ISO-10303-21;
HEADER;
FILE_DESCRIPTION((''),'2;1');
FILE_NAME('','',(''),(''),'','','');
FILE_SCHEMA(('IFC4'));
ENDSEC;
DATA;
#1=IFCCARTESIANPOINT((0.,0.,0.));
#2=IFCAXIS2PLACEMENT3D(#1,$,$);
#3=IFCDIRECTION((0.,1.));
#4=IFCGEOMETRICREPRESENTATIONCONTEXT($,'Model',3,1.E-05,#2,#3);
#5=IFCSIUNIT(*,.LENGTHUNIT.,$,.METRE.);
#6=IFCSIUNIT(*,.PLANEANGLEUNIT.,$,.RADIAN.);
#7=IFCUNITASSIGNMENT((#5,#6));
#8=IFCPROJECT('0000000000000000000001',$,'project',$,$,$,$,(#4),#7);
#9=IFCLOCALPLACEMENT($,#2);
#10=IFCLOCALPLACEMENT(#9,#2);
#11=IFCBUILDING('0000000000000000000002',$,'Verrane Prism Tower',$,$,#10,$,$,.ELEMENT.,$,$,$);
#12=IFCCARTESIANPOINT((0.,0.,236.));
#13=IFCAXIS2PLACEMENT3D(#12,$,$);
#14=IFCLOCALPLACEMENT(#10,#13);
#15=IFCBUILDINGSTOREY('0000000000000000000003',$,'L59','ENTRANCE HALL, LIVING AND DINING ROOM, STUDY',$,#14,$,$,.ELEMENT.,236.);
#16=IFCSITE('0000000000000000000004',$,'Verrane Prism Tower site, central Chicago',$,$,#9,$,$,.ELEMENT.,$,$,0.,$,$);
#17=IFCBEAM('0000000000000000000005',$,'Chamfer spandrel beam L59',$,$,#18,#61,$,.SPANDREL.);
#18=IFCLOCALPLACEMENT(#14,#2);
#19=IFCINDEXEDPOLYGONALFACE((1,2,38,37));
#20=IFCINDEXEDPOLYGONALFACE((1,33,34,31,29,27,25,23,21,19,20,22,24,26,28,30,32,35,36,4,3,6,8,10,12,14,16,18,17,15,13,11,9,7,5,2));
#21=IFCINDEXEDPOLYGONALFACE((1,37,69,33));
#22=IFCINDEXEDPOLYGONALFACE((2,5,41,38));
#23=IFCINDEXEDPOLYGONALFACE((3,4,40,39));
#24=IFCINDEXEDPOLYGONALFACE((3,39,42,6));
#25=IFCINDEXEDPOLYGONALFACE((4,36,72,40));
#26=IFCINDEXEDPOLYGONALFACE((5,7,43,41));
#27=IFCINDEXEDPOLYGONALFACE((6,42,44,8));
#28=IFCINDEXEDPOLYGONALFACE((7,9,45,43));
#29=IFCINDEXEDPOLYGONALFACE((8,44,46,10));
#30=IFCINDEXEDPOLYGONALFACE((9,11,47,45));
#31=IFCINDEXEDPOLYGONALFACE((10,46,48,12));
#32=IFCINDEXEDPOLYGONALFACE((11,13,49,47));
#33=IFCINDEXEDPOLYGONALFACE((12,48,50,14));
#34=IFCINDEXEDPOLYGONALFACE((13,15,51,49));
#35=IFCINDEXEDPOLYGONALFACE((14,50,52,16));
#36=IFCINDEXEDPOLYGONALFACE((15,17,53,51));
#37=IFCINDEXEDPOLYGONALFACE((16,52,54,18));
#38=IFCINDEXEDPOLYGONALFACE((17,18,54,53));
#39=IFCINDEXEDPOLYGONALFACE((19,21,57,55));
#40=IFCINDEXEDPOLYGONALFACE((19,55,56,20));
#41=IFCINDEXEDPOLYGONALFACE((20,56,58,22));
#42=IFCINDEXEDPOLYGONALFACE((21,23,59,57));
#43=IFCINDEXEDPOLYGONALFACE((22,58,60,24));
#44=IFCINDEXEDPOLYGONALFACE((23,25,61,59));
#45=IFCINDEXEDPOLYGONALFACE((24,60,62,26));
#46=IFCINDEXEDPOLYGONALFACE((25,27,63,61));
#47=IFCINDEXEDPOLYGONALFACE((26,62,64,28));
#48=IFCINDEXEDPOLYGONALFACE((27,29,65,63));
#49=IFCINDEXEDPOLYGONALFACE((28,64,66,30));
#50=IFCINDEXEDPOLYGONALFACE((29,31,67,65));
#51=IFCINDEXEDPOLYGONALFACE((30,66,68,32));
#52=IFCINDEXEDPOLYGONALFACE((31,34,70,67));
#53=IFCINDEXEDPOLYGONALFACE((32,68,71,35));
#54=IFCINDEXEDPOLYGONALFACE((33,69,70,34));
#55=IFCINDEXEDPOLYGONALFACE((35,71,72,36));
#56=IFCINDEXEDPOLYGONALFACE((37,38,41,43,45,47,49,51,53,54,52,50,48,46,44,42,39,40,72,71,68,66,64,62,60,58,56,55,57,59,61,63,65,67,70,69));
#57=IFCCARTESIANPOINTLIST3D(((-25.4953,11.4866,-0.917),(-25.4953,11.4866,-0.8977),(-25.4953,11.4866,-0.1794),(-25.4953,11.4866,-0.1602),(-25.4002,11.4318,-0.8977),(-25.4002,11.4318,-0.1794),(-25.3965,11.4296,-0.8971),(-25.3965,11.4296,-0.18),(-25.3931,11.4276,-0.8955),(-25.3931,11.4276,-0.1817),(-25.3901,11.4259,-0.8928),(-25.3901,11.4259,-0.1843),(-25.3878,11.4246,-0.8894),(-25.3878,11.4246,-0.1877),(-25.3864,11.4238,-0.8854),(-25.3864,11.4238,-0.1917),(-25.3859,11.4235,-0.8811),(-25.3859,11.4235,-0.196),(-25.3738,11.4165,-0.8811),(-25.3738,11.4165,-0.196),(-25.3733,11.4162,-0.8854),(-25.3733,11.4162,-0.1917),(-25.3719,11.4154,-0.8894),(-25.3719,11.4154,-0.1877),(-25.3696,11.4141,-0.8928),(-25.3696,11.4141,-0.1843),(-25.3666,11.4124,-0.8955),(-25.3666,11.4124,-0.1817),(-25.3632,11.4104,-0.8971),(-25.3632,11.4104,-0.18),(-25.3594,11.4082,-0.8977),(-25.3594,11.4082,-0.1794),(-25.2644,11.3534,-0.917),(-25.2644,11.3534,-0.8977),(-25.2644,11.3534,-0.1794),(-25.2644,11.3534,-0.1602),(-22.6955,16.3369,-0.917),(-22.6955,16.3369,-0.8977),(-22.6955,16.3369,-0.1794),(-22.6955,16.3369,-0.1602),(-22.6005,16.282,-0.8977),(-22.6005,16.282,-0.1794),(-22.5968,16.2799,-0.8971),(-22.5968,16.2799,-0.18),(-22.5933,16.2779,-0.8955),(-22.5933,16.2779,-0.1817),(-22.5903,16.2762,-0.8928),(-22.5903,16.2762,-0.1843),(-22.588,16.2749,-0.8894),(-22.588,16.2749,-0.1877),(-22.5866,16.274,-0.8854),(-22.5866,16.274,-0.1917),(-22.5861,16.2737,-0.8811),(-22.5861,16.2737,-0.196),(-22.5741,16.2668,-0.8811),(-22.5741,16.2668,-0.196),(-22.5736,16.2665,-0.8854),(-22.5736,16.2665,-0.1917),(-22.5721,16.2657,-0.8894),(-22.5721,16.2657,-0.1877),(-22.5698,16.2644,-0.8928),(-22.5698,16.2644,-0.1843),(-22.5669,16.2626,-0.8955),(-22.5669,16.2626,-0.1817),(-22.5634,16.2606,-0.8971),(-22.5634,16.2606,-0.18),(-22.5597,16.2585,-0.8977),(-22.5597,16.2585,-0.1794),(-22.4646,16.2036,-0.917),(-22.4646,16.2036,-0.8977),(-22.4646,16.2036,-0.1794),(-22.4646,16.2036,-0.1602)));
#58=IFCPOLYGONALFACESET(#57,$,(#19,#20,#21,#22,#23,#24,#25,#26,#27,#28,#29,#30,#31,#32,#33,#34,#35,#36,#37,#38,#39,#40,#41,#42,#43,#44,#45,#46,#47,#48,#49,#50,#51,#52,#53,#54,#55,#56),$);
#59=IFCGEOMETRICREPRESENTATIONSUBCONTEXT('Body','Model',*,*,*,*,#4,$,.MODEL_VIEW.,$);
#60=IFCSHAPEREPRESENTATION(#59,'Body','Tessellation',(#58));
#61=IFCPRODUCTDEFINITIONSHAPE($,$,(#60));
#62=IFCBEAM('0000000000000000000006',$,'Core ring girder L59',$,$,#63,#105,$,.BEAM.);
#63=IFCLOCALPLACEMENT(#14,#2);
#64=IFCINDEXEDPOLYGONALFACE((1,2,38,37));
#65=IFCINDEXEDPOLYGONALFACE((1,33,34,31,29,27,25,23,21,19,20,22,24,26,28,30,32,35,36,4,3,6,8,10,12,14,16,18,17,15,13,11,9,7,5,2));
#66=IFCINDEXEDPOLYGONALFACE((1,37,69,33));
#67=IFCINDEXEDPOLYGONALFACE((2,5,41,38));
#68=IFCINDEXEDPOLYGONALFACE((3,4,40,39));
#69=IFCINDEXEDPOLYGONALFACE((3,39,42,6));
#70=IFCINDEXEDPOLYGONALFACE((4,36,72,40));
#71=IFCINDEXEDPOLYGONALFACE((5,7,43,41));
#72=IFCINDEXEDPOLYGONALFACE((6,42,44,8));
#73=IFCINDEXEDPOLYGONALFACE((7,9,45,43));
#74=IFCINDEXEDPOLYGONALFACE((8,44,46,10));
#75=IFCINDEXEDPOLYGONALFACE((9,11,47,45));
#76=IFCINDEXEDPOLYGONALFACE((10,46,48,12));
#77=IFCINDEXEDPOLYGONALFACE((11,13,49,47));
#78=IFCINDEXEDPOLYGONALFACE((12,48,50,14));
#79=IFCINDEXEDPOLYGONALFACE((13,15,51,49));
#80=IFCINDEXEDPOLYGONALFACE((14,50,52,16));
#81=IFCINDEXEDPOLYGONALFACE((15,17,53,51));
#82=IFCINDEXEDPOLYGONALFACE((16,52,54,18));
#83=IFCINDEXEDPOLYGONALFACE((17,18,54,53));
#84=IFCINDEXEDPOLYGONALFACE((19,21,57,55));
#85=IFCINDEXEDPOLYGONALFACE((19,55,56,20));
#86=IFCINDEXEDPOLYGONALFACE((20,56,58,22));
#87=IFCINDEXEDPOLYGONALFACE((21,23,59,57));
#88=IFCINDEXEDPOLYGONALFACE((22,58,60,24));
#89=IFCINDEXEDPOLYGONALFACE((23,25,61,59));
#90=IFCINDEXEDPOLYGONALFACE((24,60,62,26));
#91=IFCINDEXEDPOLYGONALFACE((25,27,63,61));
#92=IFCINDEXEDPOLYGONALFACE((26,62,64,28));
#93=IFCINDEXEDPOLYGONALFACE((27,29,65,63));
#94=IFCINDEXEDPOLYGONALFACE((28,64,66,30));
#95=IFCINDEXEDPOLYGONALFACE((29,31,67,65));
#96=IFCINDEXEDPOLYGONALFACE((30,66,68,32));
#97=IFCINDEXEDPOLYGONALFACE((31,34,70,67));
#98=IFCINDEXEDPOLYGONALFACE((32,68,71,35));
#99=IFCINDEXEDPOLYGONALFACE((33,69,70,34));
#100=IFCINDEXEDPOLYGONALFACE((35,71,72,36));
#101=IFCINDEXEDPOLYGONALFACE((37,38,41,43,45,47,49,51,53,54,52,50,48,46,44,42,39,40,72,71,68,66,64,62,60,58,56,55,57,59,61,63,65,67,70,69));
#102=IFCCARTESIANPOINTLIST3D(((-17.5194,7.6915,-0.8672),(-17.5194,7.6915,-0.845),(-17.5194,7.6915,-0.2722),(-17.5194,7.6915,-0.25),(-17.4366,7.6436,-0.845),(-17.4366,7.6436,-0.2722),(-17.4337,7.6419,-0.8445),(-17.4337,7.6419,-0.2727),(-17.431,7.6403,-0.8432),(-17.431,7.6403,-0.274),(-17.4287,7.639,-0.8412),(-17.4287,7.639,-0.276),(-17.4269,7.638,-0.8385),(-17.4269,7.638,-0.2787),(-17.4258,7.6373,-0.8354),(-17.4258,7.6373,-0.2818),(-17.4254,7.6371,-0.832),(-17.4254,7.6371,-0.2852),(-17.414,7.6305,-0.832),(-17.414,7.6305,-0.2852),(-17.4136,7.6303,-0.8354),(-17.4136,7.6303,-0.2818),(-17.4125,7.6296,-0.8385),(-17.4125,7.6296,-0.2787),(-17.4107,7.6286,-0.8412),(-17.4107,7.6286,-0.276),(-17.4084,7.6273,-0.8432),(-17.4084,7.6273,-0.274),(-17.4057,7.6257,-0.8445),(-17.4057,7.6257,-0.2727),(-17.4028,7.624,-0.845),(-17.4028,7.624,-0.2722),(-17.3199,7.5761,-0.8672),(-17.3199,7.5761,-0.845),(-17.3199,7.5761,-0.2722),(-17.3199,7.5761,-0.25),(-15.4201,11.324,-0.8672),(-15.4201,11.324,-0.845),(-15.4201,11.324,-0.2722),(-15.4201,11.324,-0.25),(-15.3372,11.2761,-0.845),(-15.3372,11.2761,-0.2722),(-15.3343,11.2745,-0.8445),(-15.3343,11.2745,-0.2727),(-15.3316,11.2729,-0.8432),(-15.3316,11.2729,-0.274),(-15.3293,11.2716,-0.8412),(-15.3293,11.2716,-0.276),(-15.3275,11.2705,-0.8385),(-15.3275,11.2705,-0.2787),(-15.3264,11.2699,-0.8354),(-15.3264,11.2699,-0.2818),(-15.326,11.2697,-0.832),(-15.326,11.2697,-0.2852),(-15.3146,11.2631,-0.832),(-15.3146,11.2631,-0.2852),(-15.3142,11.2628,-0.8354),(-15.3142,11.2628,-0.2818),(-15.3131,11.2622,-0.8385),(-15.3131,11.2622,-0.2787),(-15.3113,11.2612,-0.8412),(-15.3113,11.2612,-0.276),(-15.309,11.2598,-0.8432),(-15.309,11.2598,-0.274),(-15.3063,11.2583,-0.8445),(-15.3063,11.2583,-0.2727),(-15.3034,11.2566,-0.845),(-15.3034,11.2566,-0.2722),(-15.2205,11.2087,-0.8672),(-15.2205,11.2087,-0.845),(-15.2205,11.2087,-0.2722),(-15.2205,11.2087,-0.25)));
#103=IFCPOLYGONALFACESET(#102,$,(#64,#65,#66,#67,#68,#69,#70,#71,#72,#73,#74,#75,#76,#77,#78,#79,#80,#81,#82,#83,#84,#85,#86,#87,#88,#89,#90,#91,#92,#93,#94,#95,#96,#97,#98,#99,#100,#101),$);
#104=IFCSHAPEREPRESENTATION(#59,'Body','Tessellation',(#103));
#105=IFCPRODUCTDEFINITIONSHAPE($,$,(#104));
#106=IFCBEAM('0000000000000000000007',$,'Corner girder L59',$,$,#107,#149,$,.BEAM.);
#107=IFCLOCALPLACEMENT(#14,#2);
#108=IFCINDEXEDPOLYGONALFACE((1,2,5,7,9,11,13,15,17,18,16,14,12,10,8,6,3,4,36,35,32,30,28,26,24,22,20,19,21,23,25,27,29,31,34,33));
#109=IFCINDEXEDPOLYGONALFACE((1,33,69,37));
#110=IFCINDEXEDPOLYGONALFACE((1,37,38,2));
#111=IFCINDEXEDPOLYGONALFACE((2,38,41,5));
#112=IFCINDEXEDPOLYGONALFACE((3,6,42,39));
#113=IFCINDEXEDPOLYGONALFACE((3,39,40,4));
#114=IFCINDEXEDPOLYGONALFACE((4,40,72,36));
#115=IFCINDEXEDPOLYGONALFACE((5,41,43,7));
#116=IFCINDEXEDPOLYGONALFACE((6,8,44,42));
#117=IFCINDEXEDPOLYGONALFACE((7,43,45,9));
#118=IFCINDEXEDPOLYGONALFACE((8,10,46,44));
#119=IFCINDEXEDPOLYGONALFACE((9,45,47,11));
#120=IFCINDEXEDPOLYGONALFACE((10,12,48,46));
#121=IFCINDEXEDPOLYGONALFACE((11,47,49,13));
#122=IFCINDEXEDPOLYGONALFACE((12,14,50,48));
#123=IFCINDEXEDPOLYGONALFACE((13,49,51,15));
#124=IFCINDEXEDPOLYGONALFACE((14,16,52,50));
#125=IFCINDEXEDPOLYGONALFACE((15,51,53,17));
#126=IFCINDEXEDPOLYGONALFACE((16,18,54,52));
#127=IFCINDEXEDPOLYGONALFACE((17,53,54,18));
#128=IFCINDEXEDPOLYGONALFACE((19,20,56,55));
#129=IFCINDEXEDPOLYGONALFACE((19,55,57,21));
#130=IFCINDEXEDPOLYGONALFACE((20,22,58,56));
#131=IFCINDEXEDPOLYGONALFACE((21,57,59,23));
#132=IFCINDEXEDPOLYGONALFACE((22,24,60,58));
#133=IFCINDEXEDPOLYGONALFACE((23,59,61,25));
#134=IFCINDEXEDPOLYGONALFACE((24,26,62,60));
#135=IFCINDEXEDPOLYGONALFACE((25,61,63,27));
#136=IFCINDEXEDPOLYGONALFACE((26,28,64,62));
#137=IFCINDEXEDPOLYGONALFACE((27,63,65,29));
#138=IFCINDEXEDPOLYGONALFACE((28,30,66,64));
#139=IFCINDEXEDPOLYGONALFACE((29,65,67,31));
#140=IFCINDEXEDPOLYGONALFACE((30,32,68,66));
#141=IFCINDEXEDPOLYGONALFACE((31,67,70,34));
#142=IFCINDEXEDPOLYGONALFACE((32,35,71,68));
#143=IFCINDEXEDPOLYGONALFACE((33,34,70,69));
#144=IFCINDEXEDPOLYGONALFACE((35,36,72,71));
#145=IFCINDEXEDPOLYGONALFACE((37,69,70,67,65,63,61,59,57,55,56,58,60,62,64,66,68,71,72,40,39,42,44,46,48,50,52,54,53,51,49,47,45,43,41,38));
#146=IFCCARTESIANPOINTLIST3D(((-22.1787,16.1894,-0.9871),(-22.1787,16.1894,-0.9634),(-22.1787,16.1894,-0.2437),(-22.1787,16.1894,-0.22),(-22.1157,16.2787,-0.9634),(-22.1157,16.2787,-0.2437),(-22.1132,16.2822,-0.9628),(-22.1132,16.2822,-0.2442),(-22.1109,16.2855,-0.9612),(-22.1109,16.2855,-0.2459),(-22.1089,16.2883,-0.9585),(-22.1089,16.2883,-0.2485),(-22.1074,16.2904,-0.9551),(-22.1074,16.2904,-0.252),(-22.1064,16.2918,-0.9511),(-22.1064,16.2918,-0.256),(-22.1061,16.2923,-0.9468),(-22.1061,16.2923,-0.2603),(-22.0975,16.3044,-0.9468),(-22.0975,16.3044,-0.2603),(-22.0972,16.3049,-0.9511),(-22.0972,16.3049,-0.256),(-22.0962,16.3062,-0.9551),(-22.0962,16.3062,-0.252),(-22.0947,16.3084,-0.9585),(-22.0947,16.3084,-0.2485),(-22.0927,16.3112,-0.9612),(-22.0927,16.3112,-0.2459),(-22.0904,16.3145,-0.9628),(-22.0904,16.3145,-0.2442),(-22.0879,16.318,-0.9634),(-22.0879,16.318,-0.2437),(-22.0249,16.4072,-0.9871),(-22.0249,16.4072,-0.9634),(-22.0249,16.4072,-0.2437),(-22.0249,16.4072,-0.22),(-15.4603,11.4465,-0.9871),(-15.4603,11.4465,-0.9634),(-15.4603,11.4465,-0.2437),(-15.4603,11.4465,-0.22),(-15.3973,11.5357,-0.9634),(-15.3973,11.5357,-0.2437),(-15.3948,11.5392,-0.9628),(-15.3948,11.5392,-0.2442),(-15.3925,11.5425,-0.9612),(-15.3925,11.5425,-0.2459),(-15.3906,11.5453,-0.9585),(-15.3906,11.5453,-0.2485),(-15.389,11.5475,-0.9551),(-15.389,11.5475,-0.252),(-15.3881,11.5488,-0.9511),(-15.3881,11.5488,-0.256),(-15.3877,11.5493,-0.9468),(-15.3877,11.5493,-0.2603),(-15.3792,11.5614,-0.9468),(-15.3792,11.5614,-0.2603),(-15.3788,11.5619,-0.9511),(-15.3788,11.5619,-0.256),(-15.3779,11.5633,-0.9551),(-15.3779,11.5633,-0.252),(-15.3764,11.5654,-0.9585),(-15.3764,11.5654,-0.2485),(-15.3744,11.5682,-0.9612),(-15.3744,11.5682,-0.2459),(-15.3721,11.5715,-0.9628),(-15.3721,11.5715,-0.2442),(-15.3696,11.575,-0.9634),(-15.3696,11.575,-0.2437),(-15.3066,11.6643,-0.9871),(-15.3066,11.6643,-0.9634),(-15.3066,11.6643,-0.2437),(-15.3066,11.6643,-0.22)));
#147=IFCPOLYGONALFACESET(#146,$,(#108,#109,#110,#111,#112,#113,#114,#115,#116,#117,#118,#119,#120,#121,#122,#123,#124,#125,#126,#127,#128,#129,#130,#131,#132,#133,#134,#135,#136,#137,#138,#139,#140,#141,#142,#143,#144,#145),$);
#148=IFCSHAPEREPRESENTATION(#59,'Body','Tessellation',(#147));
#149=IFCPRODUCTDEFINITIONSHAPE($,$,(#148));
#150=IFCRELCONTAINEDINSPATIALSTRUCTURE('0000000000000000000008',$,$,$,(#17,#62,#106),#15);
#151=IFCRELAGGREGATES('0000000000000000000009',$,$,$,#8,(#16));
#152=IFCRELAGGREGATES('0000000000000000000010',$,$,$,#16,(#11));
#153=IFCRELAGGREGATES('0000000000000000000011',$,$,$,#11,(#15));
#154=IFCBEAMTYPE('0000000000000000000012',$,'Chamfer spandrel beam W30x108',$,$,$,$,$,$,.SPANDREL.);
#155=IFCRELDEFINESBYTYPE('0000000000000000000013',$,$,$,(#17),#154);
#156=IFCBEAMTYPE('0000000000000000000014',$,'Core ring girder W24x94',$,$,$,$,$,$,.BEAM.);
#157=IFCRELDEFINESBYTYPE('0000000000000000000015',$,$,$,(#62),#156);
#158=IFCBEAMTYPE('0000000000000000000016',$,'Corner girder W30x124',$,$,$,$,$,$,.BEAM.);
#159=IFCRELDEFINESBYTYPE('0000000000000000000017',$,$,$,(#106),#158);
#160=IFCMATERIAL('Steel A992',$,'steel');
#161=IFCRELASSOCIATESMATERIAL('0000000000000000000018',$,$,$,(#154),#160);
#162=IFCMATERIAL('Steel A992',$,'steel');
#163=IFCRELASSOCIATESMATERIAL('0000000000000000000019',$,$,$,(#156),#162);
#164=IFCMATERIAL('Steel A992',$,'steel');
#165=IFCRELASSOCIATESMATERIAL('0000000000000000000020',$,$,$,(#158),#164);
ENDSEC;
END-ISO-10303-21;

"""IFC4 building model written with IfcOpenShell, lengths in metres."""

from ifc_helpers import new_model, si_unit, direction, frame, origin, origin_2d, place, context, subcontext, project, spatial, i_section, extrude, material, material_profile, profile_set, type_object, element, save


model = new_model("IFC4")

# Units and contexts
model_context = context("Model", 3, precision=1e-05, world=origin(), true_north=direction((0.0, 1.0)))
body_context = subcontext(model_context, "Body", "Model", "MODEL_VIEW")
ifc_project = project(units=[si_unit("LENGTHUNIT", "METRE"), si_unit("PLANEANGLEUNIT", "RADIAN")], contexts=[model_context])

# Site, building, storey
site_placement = place(None, origin())
site = spatial("IfcSite", under=ifc_project, at=site_placement, Name="Verrane Prism Tower site, central Chicago", CompositionType="ELEMENT", RefElevation=0.0)
building_placement = place(site_placement, origin())
building = spatial("IfcBuilding", under=site, at=building_placement, Name="Verrane Prism Tower", CompositionType="ELEMENT")
storey_placement = place(building_placement, frame((0.0, 0.0, 236.0)))
storey = spatial("IfcBuildingStorey", under=building, at=storey_placement, Name="L59", Description="ENTRANCE HALL, LIVING AND DINING ROOM, STUDY", CompositionType="ELEMENT", Elevation=236.0)

# Beams
ifc_material_1 = material(Name="Steel A992", Category="steel")
ifc_material_profile_1 = material_profile(ifc_material_1, i_section(OverallWidth=0.2666, OverallDepth=0.7568, WebThickness=0.0139, FlangeThickness=0.0193, FilletRadius=0.0166, at=origin_2d()), Name="W30x108")
ifc_profile_set_1 = profile_set([ifc_material_profile_1], Name="Steel A992")
beam_type_1 = type_object("IfcBeamType", Name="Chamfer spandrel beam W30x108", PredefinedType="SPANDREL", material=ifc_profile_set_1)
beam_1_placement = place(storey_placement, frame((-22.5801, 16.2703, -0.5386), z_axis=(-0.499927, -0.866067, 0.0), x_axis=(0.866067, -0.499927, 0.0)))
element("IfcBeam", 1, at=beam_1_placement, inside=storey, type_object=beam_type_1, Name="Chamfer spandrel beam L59", PredefinedType="SPANDREL", context=body_context, shape_type="SweptSolid", body=[
    extrude(i_section(OverallWidth=0.2666, OverallDepth=0.7568, WebThickness=0.0139, FlangeThickness=0.0193, FilletRadius=0.0166, at=origin_2d()), origin(), (0.0, 0.0, 1.0), 5.6003),
])
ifc_material_2 = material(Name="Steel A992", Category="steel")
ifc_material_profile_2 = material_profile(ifc_material_2, i_section(OverallWidth=0.2305, OverallDepth=0.6172, WebThickness=0.0132, FlangeThickness=0.0222, FilletRadius=0.0129, at=origin_2d()), Name="W24x94")
ifc_profile_set_2 = profile_set([ifc_material_profile_2], Name="Steel A992")
beam_type_2 = type_object("IfcBeamType", Name="Core ring girder W24x94", PredefinedType="BEAM", material=ifc_profile_set_2)
beam_2_placement = place(storey_placement, frame((-15.3203, 11.2664, -0.5586), z_axis=(-0.500376, -0.865808, 0.0), x_axis=(0.865808, -0.500376, 0.0)))
element("IfcBeam", 2, at=beam_2_placement, inside=storey, type_object=beam_type_2, Name="Core ring girder L59", PredefinedType="BEAM", context=body_context, shape_type="SweptSolid", body=[
    extrude(i_section(OverallWidth=0.2305, OverallDepth=0.6172, WebThickness=0.0132, FlangeThickness=0.0222, FilletRadius=0.0129, at=origin_2d()), origin(), (0.0, 0.0, 1.0), 4.1956),
])
ifc_material_3 = material(Name="Steel A992", Category="steel")
ifc_material_profile_3 = material_profile(ifc_material_3, i_section(OverallWidth=0.2666, OverallDepth=0.7671, WebThickness=0.0149, FlangeThickness=0.0237, FilletRadius=0.0166, at=origin_2d()), Name="W30x124")
ifc_profile_set_3 = profile_set([ifc_material_profile_3], Name="Steel A992")
beam_type_3 = type_object("IfcBeamType", Name="Corner girder W30x124", PredefinedType="BEAM", material=ifc_profile_set_3)
beam_3_placement = place(storey_placement, frame((-22.1018, 16.2983, -0.6035), z_axis=(0.816932, -0.576733, 0.0), x_axis=(0.576733, 0.816932, 0.0)))
element("IfcBeam", 3, at=beam_3_placement, inside=storey, type_object=beam_type_3, Name="Corner girder L59", PredefinedType="BEAM", context=body_context, shape_type="SweptSolid", body=[
    extrude(i_section(OverallWidth=0.2666, OverallDepth=0.7671, WebThickness=0.0149, FlangeThickness=0.0237, FilletRadius=0.0166, at=origin_2d()), origin(), (0.0, 0.0, 1.0), 8.2239),
])

save(model, "model.ifc")
